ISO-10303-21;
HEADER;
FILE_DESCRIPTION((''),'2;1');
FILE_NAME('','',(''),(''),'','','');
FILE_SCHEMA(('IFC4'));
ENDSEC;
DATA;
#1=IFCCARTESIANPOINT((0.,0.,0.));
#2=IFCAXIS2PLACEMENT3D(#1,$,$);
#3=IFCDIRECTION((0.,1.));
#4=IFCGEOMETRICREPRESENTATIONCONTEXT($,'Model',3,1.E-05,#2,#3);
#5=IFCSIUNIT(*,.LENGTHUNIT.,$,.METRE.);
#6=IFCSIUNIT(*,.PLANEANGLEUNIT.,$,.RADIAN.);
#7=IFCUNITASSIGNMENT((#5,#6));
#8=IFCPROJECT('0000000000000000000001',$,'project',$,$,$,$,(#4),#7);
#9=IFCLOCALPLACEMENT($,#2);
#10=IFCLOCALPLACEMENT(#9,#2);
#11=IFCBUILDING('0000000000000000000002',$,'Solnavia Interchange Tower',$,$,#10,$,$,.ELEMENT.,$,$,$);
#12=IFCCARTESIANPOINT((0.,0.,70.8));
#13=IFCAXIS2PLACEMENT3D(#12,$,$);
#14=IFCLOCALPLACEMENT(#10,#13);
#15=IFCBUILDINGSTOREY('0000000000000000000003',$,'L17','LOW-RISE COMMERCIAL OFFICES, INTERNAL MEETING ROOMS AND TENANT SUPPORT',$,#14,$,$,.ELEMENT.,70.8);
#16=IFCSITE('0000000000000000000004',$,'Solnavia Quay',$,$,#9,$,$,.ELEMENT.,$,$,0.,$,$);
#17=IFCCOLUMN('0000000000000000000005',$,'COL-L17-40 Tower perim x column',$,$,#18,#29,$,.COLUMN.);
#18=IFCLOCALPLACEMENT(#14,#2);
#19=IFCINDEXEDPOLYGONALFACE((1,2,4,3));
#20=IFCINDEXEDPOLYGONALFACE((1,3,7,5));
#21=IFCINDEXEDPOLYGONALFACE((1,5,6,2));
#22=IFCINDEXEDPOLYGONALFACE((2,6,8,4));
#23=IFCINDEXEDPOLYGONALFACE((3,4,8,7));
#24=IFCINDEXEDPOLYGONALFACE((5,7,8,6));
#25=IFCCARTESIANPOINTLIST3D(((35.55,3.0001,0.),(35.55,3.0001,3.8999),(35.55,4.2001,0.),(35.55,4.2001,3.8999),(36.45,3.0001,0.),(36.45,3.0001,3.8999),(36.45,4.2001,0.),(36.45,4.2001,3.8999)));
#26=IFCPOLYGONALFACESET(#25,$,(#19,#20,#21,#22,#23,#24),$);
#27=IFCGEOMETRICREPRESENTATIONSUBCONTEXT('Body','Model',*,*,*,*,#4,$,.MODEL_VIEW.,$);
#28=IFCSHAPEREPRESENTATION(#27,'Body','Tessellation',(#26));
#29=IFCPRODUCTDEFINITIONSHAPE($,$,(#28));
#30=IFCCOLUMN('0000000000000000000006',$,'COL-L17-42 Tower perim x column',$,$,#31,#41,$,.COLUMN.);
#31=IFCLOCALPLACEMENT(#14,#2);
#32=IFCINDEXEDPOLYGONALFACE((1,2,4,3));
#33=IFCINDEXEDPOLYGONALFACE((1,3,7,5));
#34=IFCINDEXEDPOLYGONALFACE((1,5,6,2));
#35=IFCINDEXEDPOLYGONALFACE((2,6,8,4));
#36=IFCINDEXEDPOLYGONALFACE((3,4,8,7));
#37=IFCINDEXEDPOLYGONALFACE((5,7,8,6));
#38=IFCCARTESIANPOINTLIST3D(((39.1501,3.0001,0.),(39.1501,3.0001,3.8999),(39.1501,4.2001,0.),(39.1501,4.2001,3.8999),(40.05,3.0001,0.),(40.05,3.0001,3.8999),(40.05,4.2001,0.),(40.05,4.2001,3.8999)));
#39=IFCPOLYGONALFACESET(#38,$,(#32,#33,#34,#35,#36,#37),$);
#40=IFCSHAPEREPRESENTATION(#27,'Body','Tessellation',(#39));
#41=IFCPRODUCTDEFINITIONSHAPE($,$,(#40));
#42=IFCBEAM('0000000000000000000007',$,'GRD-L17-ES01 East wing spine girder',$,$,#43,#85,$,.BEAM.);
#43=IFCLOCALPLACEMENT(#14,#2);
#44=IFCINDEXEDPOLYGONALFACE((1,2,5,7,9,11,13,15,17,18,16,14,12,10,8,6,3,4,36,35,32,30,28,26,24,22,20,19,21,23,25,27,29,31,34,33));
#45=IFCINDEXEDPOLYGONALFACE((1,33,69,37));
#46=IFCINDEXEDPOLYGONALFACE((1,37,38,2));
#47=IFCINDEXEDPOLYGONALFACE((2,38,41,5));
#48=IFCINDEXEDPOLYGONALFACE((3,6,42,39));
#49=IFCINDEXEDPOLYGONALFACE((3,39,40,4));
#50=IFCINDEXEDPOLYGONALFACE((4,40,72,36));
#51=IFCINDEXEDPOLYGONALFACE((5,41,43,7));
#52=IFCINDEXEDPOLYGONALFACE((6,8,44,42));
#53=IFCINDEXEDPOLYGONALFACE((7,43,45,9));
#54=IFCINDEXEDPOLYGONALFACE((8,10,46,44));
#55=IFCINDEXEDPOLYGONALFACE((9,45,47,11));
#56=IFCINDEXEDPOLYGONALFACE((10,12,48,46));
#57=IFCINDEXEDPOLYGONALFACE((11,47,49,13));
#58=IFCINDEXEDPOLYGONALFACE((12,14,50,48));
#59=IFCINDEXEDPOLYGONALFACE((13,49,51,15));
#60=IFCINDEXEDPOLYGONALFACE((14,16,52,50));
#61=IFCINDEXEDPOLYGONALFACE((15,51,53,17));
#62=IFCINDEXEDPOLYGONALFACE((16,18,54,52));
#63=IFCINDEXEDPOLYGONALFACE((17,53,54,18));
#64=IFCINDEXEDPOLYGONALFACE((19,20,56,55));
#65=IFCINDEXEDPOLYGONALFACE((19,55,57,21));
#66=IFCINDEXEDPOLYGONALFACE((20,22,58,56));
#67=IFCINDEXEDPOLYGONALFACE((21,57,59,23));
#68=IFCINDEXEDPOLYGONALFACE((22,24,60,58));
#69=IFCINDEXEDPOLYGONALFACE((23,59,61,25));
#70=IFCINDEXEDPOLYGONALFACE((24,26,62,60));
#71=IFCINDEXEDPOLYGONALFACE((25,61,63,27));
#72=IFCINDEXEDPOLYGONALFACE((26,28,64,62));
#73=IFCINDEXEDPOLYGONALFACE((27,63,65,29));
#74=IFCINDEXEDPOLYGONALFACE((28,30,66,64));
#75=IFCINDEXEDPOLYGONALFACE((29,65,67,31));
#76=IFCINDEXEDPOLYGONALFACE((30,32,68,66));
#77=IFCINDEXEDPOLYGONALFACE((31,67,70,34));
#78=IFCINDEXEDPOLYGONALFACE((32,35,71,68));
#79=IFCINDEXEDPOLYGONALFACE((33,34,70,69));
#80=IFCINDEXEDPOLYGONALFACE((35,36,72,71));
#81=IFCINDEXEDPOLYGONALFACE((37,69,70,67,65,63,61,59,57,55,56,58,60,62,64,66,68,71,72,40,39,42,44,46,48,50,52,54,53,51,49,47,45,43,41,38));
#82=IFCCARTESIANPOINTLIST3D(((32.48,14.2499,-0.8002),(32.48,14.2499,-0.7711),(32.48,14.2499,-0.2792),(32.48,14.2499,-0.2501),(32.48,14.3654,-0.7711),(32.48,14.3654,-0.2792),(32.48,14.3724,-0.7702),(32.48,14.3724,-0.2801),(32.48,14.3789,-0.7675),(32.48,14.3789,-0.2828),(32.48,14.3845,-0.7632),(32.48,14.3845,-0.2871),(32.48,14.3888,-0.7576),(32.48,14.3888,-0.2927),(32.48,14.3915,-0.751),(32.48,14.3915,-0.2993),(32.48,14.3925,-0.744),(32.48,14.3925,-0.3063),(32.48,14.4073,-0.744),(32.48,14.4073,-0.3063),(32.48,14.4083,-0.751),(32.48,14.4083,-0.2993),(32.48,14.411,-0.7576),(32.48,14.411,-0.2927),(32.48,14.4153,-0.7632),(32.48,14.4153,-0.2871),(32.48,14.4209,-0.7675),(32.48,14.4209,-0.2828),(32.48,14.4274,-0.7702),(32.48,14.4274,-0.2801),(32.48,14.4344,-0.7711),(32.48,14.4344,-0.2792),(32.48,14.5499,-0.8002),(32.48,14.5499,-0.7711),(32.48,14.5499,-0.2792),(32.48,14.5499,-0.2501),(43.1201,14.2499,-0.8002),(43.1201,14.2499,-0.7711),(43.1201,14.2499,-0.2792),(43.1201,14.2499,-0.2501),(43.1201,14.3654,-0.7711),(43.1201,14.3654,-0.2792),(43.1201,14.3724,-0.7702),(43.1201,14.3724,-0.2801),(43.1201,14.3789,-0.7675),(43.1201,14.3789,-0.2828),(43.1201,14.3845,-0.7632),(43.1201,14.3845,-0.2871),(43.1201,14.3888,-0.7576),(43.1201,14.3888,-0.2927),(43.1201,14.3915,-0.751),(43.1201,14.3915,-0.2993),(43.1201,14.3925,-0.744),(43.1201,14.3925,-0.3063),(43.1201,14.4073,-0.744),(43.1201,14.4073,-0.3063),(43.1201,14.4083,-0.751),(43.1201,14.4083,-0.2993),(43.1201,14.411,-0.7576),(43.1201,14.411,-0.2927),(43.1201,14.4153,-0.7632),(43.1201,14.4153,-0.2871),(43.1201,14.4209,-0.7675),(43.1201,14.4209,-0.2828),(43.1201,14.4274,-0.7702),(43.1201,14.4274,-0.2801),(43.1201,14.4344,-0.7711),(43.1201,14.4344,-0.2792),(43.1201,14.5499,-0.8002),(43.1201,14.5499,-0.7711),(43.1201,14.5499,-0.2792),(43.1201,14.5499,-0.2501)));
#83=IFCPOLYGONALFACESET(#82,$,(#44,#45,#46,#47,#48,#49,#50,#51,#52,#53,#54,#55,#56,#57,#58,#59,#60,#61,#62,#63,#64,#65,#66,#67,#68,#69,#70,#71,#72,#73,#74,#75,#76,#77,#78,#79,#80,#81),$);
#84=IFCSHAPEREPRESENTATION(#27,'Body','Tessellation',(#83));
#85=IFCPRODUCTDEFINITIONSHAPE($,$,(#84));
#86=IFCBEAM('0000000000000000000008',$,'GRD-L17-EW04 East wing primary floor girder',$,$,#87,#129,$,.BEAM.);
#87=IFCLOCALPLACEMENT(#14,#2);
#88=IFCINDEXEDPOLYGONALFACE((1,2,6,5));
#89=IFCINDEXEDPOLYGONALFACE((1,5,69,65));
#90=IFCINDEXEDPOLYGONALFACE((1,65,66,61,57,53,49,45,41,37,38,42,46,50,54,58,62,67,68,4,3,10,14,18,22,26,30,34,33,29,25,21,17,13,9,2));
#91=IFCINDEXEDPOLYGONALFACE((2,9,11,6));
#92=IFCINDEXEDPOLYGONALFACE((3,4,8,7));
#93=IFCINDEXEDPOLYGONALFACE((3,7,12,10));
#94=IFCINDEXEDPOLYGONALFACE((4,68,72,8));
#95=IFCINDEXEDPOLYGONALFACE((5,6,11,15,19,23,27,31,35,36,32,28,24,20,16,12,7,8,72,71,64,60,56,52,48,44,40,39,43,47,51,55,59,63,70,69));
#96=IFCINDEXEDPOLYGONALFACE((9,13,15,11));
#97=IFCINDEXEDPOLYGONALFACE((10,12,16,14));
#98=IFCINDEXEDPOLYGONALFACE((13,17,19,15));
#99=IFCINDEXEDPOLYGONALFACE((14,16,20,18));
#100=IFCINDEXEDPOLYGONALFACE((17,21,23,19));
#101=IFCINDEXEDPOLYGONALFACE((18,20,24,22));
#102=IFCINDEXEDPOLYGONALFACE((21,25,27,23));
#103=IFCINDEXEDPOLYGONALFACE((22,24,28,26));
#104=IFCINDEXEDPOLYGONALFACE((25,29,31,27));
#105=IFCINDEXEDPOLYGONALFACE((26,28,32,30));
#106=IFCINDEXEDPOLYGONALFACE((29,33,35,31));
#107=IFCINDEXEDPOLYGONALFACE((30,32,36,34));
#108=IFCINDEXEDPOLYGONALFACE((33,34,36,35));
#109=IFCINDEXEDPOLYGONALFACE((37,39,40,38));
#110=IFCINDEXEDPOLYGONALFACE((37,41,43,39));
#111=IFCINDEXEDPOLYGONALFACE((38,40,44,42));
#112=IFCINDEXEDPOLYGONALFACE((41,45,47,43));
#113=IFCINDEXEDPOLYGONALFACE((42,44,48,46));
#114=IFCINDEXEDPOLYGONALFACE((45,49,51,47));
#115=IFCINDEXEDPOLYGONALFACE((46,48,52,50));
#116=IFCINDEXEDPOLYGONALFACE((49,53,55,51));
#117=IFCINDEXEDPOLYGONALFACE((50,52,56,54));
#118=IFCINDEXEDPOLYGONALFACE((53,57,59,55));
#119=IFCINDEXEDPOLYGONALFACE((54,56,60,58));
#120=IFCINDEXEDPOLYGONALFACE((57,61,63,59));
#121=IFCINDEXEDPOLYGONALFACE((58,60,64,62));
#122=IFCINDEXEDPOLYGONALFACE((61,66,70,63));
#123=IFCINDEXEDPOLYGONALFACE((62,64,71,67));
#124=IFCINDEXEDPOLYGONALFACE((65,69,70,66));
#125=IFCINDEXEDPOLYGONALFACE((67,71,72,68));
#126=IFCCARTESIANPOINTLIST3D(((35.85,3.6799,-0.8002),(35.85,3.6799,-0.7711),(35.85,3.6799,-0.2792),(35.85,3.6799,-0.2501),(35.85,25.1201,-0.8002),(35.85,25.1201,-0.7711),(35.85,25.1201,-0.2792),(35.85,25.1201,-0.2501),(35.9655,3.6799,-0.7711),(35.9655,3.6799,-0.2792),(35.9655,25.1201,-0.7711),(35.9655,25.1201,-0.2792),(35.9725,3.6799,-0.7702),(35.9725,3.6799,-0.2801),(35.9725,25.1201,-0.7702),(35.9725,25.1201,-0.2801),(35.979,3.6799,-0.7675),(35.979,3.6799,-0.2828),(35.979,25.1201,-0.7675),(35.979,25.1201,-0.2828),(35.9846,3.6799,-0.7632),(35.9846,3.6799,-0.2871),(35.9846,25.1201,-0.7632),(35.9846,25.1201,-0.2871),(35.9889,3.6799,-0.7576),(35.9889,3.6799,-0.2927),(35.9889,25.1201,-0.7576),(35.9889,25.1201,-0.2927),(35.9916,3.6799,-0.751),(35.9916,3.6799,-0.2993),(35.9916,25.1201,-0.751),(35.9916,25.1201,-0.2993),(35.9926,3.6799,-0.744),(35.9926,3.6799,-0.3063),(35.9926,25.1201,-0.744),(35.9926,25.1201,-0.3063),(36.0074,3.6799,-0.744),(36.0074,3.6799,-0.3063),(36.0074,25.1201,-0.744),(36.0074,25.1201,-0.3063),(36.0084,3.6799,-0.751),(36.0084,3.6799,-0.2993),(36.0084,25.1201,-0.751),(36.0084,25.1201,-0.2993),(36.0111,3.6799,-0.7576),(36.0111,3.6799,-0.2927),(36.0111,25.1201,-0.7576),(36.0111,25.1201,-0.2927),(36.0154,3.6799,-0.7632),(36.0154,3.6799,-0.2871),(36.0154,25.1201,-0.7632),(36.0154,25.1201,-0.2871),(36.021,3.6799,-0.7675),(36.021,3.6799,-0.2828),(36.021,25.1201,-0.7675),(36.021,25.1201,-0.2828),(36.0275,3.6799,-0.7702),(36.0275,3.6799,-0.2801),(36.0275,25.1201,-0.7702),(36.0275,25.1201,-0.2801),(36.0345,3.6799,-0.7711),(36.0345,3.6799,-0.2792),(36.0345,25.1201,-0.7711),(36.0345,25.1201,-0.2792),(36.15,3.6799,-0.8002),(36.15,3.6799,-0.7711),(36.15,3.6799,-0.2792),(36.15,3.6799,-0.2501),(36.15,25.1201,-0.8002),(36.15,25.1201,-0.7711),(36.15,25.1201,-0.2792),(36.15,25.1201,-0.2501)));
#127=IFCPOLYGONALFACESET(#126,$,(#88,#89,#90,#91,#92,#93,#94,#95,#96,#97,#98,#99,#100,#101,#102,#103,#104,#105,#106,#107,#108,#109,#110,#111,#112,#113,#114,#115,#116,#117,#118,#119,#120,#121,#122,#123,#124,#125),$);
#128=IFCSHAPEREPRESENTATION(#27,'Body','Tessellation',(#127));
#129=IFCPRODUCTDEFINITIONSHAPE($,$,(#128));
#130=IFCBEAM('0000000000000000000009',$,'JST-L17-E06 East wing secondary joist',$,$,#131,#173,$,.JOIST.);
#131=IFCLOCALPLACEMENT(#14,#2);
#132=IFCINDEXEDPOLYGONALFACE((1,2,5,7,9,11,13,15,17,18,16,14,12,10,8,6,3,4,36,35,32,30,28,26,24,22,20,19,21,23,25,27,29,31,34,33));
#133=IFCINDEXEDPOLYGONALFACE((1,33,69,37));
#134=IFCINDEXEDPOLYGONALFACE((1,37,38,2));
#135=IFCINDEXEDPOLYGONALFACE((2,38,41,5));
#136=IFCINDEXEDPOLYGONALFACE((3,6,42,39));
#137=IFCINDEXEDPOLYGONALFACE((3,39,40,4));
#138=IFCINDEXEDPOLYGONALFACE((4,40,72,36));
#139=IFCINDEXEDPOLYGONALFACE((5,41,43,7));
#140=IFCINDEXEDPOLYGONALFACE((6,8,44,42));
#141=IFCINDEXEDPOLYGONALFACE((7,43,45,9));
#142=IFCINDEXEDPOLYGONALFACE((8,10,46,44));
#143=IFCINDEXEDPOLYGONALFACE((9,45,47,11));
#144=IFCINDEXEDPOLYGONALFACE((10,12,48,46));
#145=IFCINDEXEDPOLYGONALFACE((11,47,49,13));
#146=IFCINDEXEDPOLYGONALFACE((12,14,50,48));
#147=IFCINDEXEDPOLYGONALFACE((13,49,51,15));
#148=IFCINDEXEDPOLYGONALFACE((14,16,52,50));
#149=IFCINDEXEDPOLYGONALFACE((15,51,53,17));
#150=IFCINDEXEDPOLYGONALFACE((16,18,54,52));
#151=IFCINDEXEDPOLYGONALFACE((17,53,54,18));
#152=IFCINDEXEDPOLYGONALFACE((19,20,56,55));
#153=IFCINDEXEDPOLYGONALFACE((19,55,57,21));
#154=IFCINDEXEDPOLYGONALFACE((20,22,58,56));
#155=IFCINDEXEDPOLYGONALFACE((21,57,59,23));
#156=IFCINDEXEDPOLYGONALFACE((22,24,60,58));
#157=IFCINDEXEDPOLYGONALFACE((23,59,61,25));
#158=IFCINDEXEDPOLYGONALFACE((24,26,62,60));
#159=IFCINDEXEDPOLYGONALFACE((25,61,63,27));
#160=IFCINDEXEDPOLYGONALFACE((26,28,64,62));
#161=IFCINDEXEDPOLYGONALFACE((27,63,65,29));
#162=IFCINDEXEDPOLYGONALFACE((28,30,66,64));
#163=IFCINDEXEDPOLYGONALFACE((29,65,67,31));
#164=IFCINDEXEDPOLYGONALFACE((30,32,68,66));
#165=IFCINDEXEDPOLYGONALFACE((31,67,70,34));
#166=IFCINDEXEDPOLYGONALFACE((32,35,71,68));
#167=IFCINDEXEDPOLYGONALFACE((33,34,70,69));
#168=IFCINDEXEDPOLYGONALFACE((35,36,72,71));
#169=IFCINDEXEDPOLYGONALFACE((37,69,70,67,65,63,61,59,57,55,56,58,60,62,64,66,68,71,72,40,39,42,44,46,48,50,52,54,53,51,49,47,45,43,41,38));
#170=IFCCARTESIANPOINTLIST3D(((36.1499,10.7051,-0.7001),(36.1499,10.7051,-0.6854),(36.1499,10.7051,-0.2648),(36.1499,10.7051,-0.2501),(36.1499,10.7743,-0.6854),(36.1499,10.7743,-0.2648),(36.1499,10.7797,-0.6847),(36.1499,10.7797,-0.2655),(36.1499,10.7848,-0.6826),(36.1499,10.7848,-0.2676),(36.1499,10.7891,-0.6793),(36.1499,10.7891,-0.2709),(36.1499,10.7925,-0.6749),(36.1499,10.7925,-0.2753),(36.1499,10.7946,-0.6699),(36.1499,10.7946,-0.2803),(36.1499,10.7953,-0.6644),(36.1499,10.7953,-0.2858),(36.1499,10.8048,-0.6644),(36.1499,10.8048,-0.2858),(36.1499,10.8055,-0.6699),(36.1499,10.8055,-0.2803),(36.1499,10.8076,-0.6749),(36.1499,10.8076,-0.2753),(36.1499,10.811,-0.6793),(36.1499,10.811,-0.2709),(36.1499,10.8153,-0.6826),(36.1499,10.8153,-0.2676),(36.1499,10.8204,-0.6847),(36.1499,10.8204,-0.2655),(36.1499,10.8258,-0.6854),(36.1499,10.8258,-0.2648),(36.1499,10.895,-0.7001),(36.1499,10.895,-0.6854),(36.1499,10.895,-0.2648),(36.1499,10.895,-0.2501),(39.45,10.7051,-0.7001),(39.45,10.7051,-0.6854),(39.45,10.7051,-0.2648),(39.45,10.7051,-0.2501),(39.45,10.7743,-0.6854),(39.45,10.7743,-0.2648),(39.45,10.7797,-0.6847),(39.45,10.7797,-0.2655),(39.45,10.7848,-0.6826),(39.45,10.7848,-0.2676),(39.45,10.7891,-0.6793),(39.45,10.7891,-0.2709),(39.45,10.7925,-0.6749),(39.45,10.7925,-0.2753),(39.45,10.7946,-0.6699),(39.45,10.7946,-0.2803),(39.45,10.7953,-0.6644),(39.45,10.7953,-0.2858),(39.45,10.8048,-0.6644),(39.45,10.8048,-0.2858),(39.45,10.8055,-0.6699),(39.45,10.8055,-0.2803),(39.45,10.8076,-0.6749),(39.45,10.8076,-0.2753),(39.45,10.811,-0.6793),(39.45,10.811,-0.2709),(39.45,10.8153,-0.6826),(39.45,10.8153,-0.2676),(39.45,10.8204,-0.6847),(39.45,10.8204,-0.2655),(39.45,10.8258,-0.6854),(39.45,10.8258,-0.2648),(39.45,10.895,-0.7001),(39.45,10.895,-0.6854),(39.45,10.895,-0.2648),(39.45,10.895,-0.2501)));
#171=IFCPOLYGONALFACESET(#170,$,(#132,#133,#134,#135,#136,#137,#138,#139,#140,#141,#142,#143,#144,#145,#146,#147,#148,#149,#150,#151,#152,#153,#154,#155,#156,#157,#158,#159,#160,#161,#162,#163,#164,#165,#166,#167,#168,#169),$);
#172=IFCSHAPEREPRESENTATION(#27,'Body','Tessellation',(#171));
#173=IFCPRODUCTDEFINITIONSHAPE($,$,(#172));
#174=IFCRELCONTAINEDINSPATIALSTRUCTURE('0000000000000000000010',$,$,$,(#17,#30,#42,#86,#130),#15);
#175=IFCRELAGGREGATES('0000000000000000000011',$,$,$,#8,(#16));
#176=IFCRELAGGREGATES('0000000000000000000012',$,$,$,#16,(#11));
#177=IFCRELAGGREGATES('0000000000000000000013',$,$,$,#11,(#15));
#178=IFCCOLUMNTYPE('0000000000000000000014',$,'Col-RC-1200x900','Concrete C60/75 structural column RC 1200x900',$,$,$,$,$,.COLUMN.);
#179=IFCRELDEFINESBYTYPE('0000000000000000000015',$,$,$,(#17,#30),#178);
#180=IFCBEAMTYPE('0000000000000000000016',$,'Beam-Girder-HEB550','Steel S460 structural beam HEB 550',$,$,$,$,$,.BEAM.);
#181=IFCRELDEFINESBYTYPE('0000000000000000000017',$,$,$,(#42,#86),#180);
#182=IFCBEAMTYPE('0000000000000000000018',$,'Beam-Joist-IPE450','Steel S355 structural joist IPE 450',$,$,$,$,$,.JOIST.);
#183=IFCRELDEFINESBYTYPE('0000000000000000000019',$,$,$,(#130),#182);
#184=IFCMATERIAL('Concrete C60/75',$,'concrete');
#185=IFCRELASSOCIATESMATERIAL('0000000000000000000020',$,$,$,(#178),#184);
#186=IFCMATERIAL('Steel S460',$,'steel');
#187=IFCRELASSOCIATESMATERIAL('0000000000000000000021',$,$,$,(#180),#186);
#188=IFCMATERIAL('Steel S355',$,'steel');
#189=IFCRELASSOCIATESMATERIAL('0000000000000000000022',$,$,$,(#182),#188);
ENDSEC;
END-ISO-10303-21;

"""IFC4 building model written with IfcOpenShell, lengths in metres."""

from ifc_helpers import new_model, si_unit, direction, frame, origin, origin_2d, place, context, subcontext, project, spatial, rectangle, i_section, extrude, material, material_profile, profile_set, type_object, element, save


model = new_model("IFC4")

# Units and contexts
model_context = context("Model", 3, precision=1e-05, world=origin(), true_north=direction((0.0, 1.0)))
body_context = subcontext(model_context, "Body", "Model", "MODEL_VIEW")
ifc_project = project(units=[si_unit("LENGTHUNIT", "METRE"), si_unit("PLANEANGLEUNIT", "RADIAN")], contexts=[model_context])

# Site, building, storey
site_placement = place(None, origin())
site = spatial("IfcSite", under=ifc_project, at=site_placement, Name="Solnavia Quay", CompositionType="ELEMENT", RefElevation=0.0)
building_placement = place(site_placement, origin())
building = spatial("IfcBuilding", under=site, at=building_placement, Name="Solnavia Interchange Tower", CompositionType="ELEMENT")
storey_placement = place(building_placement, frame((0.0, 0.0, 70.8)))
storey = spatial("IfcBuildingStorey", under=building, at=storey_placement, Name="L17", Description="LOW-RISE COMMERCIAL OFFICES, INTERNAL MEETING ROOMS AND TENANT SUPPORT", CompositionType="ELEMENT", Elevation=70.8)

# Columns
ifc_material_1 = material(Name="Concrete C60/75", Category="concrete")
ifc_material_profile_1 = material_profile(ifc_material_1, rectangle(XDim=0.8999, YDim=1.2, at=origin_2d()), Name="RC 1200x900")
ifc_profile_set_1 = profile_set([ifc_material_profile_1], Name="Concrete C60/75")
column_type = type_object("IfcColumnType", Name="Col-RC-1200x900", Description="Concrete C60/75 structural column RC 1200x900", PredefinedType="COLUMN", material=ifc_profile_set_1)
for number, where, z_axis, x_axis, name in (
    (1, (36.0, 3.6001, 0.0), (0.0, 0.0, 1.0), (1.0, 0.0, 0.0), "COL-L17-40 Tower perim x column"),
    (2, (39.6001, 3.6001, 0.0), (0.0, 0.0, 1.0), (1.0, 0.0, 0.0), "COL-L17-42 Tower perim x column"),
):
    element("IfcColumn", number, at=place(storey_placement, frame(where, z_axis=z_axis, x_axis=x_axis)), inside=storey, type_object=column_type, Name=name, PredefinedType="COLUMN", context=body_context, shape_type="SweptSolid", body=[
        extrude(rectangle(XDim=0.8999, YDim=1.2, at=origin_2d()), origin(), (0.0, 0.0, 1.0), 3.8999),
    ])

# Beams
ifc_material_2 = material(Name="Steel S460", Category="steel")
ifc_material_profile_2 = material_profile(ifc_material_2, i_section(OverallWidth=0.3, OverallDepth=0.55, WebThickness=0.0149, FlangeThickness=0.0291, FilletRadius=0.0271, at=origin_2d()), Name="HEB 550")
ifc_profile_set_2 = profile_set([ifc_material_profile_2], Name="Steel S460")
beam_type_1 = type_object("IfcBeamType", Name="Beam-Girder-HEB550", Description="Steel S460 structural beam HEB 550", PredefinedType="BEAM", material=ifc_profile_set_2)
beam_1_placement = place(storey_placement, frame((32.48, 14.3999, -0.5251), z_axis=(1.0, 0.0, 0.0), x_axis=(0.0, 1.0, 0.0)))
element("IfcBeam", 3, at=beam_1_placement, inside=storey, type_object=beam_type_1, Name="GRD-L17-ES01 East wing spine girder", PredefinedType="BEAM", context=body_context, shape_type="SweptSolid", body=[
    extrude(i_section(OverallWidth=0.3, OverallDepth=0.55, WebThickness=0.0149, FlangeThickness=0.0291, FilletRadius=0.0271, at=origin_2d()), origin(), (0.0, 0.0, 1.0), 10.6401),
])
beam_2_placement = place(storey_placement, frame((36.0, 3.6799, -0.5251), z_axis=(0.0, 1.0, 0.0), x_axis=(-1.0, 0.0, 0.0)))
element("IfcBeam", 4, at=beam_2_placement, inside=storey, type_object=beam_type_1, Name="GRD-L17-EW04 East wing primary floor girder", PredefinedType="BEAM", context=body_context, shape_type="SweptSolid", body=[
    extrude(i_section(OverallWidth=0.3, OverallDepth=0.55, WebThickness=0.0149, FlangeThickness=0.0291, FilletRadius=0.0271, at=origin_2d()), origin(), (0.0, 0.0, 1.0), 21.4402),
])
ifc_material_3 = material(Name="Steel S355", Category="steel")
ifc_material_profile_3 = material_profile(ifc_material_3, i_section(OverallWidth=0.1899, OverallDepth=0.45, WebThickness=0.0095, FlangeThickness=0.0146, FilletRadius=0.021, at=origin_2d()), Name="IPE 450")
ifc_profile_set_3 = profile_set([ifc_material_profile_3], Name="Steel S355")
beam_type_2 = type_object("IfcBeamType", Name="Beam-Joist-IPE450", Description="Steel S355 structural joist IPE 450", PredefinedType="JOIST", material=ifc_profile_set_3)
beam_3_placement = place(storey_placement, frame((36.1499, 10.8, -0.4751), z_axis=(1.0, 0.0, 0.0), x_axis=(0.0, 1.0, 0.0)))
element("IfcBeam", 5, at=beam_3_placement, inside=storey, type_object=beam_type_2, Name="JST-L17-E06 East wing secondary joist", PredefinedType="JOIST", context=body_context, shape_type="SweptSolid", body=[
    extrude(i_section(OverallWidth=0.1899, OverallDepth=0.45, WebThickness=0.0095, FlangeThickness=0.0146, FilletRadius=0.021, at=origin_2d()), origin(), (0.0, 0.0, 1.0), 3.3),
])

save(model, "model.ifc")
